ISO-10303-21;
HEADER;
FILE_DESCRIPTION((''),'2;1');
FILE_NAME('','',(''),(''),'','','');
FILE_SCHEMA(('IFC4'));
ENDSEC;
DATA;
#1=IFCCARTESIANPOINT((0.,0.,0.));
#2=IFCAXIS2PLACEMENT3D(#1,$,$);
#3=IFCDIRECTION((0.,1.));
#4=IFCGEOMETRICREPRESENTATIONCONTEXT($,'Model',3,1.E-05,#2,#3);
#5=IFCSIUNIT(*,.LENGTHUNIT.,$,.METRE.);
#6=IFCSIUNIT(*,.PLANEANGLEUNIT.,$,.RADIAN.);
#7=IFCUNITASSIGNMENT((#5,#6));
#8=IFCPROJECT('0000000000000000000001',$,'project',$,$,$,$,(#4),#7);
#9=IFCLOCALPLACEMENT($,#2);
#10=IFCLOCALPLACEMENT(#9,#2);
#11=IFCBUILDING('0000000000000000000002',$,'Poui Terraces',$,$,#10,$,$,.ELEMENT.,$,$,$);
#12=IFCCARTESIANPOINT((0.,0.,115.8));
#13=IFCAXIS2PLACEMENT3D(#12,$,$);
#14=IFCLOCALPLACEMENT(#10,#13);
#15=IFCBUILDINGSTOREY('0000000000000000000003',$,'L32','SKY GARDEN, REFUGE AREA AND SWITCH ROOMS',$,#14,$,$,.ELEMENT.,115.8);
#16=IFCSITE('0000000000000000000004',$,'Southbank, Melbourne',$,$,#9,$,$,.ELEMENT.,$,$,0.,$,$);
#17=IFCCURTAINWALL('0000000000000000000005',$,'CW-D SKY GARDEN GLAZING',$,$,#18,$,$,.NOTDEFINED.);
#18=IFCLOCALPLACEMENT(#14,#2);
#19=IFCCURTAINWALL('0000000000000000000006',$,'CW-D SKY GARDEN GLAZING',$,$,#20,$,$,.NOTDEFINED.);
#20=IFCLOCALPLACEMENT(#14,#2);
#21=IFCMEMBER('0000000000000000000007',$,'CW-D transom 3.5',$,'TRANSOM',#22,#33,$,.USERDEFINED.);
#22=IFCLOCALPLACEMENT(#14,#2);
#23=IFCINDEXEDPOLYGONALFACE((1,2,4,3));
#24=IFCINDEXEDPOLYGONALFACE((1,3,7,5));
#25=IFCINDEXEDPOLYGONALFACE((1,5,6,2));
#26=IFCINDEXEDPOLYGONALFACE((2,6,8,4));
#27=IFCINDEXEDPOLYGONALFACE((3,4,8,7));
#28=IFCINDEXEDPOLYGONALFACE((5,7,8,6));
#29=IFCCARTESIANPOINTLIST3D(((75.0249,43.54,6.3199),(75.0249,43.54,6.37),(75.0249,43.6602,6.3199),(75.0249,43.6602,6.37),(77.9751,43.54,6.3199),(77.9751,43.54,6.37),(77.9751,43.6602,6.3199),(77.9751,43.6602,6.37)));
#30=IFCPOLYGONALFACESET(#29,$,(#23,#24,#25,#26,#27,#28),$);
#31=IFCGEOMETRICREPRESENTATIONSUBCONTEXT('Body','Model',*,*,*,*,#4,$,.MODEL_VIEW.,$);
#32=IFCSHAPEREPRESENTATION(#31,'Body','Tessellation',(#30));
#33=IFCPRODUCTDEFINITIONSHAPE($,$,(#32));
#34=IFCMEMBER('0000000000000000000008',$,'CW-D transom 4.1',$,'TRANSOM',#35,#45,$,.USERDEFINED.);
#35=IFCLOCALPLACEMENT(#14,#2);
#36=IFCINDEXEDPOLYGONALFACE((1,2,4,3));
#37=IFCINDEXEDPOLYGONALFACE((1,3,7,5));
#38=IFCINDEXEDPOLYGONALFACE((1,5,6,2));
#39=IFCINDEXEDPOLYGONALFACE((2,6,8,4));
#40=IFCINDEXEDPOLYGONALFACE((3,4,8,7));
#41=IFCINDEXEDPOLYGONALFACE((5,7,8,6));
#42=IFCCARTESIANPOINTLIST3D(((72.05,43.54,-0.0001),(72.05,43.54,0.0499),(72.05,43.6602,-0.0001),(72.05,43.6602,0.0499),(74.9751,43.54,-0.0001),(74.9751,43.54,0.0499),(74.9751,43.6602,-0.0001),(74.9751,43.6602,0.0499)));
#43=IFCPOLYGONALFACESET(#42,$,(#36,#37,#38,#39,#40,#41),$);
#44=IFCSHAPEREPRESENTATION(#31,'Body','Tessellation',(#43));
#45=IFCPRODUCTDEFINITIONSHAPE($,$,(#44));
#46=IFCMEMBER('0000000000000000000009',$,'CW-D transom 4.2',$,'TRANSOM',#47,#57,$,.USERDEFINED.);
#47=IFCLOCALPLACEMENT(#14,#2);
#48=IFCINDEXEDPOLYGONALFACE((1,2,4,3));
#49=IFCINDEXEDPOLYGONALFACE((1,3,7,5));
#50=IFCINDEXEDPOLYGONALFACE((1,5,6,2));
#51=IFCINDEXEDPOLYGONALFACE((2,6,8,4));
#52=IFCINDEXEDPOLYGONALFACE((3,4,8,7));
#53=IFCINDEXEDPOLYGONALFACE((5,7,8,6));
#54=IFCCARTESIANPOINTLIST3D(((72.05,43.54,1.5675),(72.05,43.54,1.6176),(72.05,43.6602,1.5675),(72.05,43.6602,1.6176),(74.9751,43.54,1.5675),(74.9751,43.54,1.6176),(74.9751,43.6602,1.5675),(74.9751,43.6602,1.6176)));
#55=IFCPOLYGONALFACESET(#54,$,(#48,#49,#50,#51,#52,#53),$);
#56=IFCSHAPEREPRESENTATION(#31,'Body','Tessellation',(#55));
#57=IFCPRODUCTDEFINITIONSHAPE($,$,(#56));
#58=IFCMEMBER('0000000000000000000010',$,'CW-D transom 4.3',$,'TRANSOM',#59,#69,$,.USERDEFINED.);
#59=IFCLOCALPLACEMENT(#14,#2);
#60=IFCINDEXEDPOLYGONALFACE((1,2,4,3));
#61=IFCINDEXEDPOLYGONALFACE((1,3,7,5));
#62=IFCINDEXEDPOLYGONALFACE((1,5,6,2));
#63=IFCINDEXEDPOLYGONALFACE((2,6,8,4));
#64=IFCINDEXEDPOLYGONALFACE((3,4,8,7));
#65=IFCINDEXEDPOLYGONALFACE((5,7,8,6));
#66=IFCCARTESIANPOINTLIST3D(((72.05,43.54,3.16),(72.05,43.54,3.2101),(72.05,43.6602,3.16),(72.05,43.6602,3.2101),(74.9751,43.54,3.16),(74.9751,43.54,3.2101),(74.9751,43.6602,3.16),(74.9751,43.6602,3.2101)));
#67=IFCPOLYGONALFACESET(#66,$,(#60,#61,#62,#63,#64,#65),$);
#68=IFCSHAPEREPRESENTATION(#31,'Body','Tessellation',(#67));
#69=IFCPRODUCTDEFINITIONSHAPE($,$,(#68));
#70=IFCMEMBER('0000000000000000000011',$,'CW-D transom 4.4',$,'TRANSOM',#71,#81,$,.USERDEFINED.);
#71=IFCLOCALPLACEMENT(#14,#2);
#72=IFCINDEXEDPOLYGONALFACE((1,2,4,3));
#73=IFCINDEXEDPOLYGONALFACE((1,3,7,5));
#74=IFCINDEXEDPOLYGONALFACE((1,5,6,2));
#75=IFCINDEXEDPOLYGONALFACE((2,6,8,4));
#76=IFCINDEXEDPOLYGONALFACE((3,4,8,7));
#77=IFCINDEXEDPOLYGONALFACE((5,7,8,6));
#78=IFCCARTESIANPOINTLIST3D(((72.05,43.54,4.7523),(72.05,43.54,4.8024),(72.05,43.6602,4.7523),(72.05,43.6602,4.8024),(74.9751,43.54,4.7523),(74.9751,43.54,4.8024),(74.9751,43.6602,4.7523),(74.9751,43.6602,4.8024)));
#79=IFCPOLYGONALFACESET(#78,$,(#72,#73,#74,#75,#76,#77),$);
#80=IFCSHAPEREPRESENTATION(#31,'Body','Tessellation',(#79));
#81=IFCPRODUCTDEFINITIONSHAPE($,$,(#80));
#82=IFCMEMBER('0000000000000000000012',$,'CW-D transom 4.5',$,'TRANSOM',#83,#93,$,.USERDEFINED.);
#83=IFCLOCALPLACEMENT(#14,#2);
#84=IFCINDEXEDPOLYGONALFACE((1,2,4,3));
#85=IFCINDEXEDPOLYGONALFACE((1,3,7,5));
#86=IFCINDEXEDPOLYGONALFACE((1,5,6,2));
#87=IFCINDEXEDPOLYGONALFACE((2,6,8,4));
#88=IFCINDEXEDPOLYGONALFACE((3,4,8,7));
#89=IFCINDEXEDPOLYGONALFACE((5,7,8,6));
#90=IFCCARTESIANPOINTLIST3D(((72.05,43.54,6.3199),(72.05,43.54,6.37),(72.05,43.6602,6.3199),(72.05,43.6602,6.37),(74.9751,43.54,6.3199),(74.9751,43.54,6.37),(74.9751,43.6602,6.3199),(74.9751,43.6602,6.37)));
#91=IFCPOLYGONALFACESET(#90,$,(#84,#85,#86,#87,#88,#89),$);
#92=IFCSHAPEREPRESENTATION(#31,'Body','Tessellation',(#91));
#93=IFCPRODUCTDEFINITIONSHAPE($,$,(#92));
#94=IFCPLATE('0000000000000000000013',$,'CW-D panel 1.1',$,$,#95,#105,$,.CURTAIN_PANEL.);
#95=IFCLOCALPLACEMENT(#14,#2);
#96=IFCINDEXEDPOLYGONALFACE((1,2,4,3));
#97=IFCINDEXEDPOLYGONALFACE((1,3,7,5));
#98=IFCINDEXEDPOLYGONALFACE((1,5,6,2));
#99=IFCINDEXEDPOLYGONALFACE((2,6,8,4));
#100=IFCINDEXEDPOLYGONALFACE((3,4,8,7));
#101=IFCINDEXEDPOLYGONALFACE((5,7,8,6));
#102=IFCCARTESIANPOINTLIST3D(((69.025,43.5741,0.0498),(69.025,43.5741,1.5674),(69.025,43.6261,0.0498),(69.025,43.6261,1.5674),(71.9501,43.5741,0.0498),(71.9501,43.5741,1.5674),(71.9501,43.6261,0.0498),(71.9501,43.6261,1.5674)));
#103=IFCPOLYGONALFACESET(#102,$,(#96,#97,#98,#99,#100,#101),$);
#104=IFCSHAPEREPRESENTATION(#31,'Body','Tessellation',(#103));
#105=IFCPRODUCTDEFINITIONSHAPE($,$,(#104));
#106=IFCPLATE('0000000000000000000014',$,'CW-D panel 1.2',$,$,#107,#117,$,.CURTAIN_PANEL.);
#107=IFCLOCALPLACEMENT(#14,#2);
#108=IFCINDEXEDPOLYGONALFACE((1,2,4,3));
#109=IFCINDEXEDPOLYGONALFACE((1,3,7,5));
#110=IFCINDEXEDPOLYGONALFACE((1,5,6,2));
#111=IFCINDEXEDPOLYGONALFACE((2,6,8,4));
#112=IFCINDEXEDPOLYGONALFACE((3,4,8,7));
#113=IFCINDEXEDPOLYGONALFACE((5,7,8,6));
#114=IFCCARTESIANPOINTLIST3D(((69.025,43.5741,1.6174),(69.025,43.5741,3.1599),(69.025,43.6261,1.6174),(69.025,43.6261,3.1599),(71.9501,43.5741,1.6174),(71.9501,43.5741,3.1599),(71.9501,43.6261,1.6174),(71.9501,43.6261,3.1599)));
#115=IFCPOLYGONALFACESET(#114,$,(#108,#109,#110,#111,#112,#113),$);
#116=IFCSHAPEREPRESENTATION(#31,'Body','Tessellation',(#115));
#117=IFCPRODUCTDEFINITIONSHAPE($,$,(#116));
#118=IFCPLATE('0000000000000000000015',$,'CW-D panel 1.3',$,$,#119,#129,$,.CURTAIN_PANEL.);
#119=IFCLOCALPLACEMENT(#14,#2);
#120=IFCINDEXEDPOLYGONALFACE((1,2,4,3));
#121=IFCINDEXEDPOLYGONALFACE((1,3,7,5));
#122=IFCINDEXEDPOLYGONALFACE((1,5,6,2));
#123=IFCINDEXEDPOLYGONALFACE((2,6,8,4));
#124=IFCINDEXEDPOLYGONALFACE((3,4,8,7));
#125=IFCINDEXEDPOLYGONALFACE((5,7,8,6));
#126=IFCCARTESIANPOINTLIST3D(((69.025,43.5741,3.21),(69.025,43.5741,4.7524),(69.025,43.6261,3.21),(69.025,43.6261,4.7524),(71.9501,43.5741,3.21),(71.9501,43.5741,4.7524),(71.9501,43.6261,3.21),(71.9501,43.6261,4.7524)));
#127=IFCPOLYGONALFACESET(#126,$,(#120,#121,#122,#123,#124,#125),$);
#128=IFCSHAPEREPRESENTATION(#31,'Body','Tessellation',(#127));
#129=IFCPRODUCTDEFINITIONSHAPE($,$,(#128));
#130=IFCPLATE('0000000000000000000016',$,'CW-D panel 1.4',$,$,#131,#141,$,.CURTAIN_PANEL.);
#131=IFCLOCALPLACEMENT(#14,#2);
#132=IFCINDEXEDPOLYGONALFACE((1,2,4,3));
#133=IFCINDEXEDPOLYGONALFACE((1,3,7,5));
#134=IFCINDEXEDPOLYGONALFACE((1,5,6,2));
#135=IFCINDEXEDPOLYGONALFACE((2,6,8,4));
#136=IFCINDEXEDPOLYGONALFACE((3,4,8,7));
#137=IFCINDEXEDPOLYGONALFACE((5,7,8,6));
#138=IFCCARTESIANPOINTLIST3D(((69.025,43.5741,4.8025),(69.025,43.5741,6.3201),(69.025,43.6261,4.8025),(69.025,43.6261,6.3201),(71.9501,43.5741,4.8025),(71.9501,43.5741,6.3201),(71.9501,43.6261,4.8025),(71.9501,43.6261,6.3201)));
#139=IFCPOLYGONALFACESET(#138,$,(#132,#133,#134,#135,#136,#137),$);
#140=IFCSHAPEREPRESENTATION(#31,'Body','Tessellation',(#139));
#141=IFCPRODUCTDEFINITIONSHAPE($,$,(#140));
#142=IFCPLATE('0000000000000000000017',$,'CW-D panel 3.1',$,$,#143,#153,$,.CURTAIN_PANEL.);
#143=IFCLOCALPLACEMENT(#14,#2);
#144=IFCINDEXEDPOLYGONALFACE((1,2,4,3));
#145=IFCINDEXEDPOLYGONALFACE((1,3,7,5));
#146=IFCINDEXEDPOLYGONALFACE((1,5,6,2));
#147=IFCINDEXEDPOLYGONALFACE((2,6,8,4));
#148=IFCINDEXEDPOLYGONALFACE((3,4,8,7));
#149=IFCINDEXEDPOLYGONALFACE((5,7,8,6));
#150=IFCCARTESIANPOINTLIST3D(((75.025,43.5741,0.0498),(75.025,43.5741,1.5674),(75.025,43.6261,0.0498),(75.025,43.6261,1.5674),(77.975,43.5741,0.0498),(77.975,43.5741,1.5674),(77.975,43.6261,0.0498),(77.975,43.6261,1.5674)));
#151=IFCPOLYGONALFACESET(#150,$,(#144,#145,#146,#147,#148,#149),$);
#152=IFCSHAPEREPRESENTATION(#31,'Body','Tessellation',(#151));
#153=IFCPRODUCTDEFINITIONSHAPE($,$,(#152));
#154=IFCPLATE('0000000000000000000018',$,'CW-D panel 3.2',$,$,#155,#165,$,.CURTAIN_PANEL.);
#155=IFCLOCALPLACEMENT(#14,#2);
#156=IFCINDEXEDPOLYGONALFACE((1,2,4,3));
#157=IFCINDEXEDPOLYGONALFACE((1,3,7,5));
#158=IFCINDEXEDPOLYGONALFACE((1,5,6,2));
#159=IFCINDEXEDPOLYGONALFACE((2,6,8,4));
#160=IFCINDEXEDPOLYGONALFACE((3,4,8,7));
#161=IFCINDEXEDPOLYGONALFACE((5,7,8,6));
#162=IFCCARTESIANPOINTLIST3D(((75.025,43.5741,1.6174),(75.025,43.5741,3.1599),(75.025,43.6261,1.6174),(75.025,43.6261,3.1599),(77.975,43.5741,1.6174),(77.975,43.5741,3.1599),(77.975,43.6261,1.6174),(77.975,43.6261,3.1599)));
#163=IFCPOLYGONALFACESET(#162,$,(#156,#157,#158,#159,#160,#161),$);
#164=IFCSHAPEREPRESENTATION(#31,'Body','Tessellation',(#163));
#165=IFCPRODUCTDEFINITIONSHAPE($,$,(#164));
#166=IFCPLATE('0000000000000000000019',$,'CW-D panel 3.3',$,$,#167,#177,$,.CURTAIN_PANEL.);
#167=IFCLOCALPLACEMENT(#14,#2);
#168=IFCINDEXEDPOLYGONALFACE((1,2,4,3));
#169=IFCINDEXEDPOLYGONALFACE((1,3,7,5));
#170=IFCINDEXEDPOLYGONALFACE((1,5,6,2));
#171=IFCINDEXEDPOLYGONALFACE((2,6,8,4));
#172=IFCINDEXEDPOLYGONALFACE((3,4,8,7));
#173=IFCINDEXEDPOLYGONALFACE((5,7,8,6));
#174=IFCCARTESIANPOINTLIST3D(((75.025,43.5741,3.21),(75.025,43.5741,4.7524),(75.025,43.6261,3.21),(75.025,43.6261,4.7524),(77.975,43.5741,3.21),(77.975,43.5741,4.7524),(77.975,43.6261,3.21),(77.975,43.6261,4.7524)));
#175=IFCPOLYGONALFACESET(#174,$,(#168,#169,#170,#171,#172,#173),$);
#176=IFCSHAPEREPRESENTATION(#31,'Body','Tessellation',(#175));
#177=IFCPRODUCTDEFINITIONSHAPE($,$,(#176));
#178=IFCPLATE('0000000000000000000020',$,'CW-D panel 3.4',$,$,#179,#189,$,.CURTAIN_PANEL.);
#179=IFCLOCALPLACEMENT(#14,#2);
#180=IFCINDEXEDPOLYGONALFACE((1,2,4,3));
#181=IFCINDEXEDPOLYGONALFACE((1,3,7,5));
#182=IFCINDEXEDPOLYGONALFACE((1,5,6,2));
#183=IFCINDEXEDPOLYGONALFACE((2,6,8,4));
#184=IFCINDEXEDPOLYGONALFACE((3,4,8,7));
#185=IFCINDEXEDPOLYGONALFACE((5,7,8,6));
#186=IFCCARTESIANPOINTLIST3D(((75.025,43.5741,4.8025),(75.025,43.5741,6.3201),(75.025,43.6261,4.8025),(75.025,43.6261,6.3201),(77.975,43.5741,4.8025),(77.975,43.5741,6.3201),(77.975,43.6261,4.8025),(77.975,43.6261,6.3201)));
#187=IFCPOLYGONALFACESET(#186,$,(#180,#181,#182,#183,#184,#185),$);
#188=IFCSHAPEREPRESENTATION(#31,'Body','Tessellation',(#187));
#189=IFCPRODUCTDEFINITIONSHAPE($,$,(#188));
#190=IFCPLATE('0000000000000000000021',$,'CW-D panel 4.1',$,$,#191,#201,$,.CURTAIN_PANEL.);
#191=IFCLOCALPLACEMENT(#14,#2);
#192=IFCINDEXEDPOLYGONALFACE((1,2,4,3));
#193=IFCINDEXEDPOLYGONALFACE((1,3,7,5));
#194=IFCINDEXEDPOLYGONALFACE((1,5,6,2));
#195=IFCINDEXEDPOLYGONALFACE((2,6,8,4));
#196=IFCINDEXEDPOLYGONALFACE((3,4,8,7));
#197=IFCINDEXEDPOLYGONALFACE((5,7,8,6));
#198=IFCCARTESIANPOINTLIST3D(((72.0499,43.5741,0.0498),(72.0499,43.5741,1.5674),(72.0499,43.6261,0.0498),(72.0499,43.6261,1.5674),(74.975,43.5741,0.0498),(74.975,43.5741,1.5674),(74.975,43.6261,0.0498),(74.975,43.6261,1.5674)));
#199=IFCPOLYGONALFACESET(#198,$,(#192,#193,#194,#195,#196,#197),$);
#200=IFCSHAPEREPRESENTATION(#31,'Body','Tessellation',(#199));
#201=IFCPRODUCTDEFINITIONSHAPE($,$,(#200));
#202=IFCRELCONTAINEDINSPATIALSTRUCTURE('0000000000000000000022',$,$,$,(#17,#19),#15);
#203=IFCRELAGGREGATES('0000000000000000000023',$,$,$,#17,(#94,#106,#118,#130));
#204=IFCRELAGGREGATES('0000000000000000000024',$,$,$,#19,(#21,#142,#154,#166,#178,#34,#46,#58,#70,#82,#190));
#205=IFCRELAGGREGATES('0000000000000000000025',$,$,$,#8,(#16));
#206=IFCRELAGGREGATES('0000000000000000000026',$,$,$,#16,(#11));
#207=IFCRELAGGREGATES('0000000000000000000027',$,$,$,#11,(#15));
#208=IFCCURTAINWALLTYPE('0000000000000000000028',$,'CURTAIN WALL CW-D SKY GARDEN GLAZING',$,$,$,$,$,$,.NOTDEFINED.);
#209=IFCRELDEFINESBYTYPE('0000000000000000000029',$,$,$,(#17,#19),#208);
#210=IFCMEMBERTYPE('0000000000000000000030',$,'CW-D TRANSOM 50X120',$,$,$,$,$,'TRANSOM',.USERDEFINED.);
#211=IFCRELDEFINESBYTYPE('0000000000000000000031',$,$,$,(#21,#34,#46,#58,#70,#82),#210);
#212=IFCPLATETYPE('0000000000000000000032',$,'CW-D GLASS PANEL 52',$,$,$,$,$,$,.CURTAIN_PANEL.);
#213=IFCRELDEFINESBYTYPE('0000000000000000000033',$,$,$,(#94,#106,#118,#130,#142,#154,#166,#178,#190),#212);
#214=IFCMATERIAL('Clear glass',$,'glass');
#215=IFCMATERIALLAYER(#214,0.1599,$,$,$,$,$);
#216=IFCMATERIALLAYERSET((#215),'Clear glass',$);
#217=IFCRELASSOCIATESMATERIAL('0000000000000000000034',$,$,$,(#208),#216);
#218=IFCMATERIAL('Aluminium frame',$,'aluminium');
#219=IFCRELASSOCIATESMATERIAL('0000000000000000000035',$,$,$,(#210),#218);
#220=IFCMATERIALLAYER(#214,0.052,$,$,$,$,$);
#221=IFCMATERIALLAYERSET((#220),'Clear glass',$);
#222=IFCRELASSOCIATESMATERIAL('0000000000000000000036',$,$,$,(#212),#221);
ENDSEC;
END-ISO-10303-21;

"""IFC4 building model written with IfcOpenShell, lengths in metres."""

from ifc_helpers import new_model, si_unit, direction, frame, origin, origin_2d, place, context, subcontext, project, spatial, rectangle, extrude, material, layer, layer_set, material_profile, profile_set, type_object, element, aggregate, save


model = new_model("IFC4")

# Units and contexts
model_context = context("Model", 3, precision=1e-05, world=origin(), true_north=direction((0.0, 1.0)))
body_context = subcontext(model_context, "Body", "Model", "MODEL_VIEW")
ifc_project = project(units=[si_unit("LENGTHUNIT", "METRE"), si_unit("PLANEANGLEUNIT", "RADIAN")], contexts=[model_context])

# Site, building, storey
site_placement = place(None, origin())
site = spatial("IfcSite", under=ifc_project, at=site_placement, Name="Southbank, Melbourne", CompositionType="ELEMENT", RefElevation=0.0)
building_placement = place(site_placement, origin())
building = spatial("IfcBuilding", under=site, at=building_placement, Name="Poui Terraces", CompositionType="ELEMENT")
storey_placement = place(building_placement, frame((0.0, 0.0, 115.8)))
storey = spatial("IfcBuildingStorey", under=building, at=storey_placement, Name="L32", Description="SKY GARDEN, REFUGE AREA AND SWITCH ROOMS", CompositionType="ELEMENT", Elevation=115.8)

# Curtain walls
ifc_material_1 = material(Name="Clear glass", Category="glass")
ifc_layer_1 = layer(ifc_material_1, 0.1599)
ifc_layer_set_1 = layer_set([ifc_layer_1], Name="Clear glass")
curtain_wall_type = type_object("IfcCurtainWallType", Name="CURTAIN WALL CW-D SKY GARDEN GLAZING", PredefinedType="NOTDEFINED", material=ifc_layer_set_1)
curtain_wall_1_placement = place(storey_placement, origin())
curtain_wall_1 = element("IfcCurtainWall", 1, at=curtain_wall_1_placement, inside=storey, type_object=curtain_wall_type, Name="CW-D SKY GARDEN GLAZING", PredefinedType="NOTDEFINED")
ifc_material_2 = material(Name="Aluminium frame", Category="aluminium")
curtain_wall_2_placement = place(storey_placement, origin())
curtain_wall_2 = element("IfcCurtainWall", 2, at=curtain_wall_2_placement, inside=storey, type_object=curtain_wall_type, Name="CW-D SKY GARDEN GLAZING", PredefinedType="NOTDEFINED")

# Members
ifc_material_profile_1 = material_profile(ifc_material_2, rectangle(XDim=0.1201, YDim=0.05, at=origin_2d()), Name="CW-D TRANSOM 50X120")
ifc_profile_set_1 = profile_set([ifc_material_profile_1], Name="Aluminium frame")
member_type_1 = type_object("IfcMemberType", Name="CW-D TRANSOM 50X120", ElementType="TRANSOM", PredefinedType="USERDEFINED", material=ifc_profile_set_1)
member_1_placement = place(storey_placement, frame((77.9751, 43.6001, 6.345), z_axis=(-1.0, 0.0, 0.0), x_axis=(0.0, -1.0, 0.0)))
member_1 = element("IfcMember", 3, at=member_1_placement, type_object=member_type_1, Name="CW-D transom 3.5", ObjectType="TRANSOM", PredefinedType="USERDEFINED", context=body_context, shape_type="SweptSolid", body=[
    extrude(rectangle(XDim=0.1201, YDim=0.05, at=origin_2d()), origin(), (0.0, 0.0, 1.0), 2.9502),
])
member_2_placement = place(storey_placement, frame((74.9751, 43.6001, 0.0249), z_axis=(-1.0, 0.0, 0.0), x_axis=(0.0, -1.0, 0.0)))
member_2 = element("IfcMember", 4, at=member_2_placement, type_object=member_type_1, Name="CW-D transom 4.1", ObjectType="TRANSOM", PredefinedType="USERDEFINED", context=body_context, shape_type="SweptSolid", body=[
    extrude(rectangle(XDim=0.1201, YDim=0.05, at=origin_2d()), origin(), (0.0, 0.0, 1.0), 2.925),
])
member_3_placement = place(storey_placement, frame((74.9751, 43.6001, 1.5925), z_axis=(-1.0, 0.0, 0.0), x_axis=(0.0, -1.0, 0.0)))
member_3 = element("IfcMember", 5, at=member_3_placement, type_object=member_type_1, Name="CW-D transom 4.2", ObjectType="TRANSOM", PredefinedType="USERDEFINED", context=body_context, shape_type="SweptSolid", body=[
    extrude(rectangle(XDim=0.1201, YDim=0.05, at=origin_2d()), origin(), (0.0, 0.0, 1.0), 2.925),
])
member_4_placement = place(storey_placement, frame((74.9751, 43.6001, 3.1851), z_axis=(-1.0, 0.0, 0.0), x_axis=(0.0, -1.0, 0.0)))
member_4 = element("IfcMember", 6, at=member_4_placement, type_object=member_type_1, Name="CW-D transom 4.3", ObjectType="TRANSOM", PredefinedType="USERDEFINED", context=body_context, shape_type="SweptSolid", body=[
    extrude(rectangle(XDim=0.1201, YDim=0.05, at=origin_2d()), origin(), (0.0, 0.0, 1.0), 2.925),
])
member_5_placement = place(storey_placement, frame((74.9751, 43.6001, 4.7773), z_axis=(-1.0, 0.0, 0.0), x_axis=(0.0, -1.0, 0.0)))
member_5 = element("IfcMember", 7, at=member_5_placement, type_object=member_type_1, Name="CW-D transom 4.4", ObjectType="TRANSOM", PredefinedType="USERDEFINED", context=body_context, shape_type="SweptSolid", body=[
    extrude(rectangle(XDim=0.1201, YDim=0.05, at=origin_2d()), origin(), (0.0, 0.0, 1.0), 2.925),
])
member_6_placement = place(storey_placement, frame((74.9751, 43.6001, 6.345), z_axis=(-1.0, 0.0, 0.0), x_axis=(0.0, -1.0, 0.0)))
member_6 = element("IfcMember", 8, at=member_6_placement, type_object=member_type_1, Name="CW-D transom 4.5", ObjectType="TRANSOM", PredefinedType="USERDEFINED", context=body_context, shape_type="SweptSolid", body=[
    extrude(rectangle(XDim=0.1201, YDim=0.05, at=origin_2d()), origin(), (0.0, 0.0, 1.0), 2.925),
])

# Plates
ifc_layer_2 = layer(ifc_material_1, 0.052)
ifc_layer_set_2 = layer_set([ifc_layer_2], Name="Clear glass")
plate_type = type_object("IfcPlateType", Name="CW-D GLASS PANEL 52", PredefinedType="CURTAIN_PANEL", material=ifc_layer_set_2)
plate_1_placement = place(storey_placement, frame((70.4875, 43.6001, 0.0498), z_axis=(0.0, 0.0, 1.0), x_axis=(-1.0, 0.0, 0.0)))
plate_1 = element("IfcPlate", 9, at=plate_1_placement, type_object=plate_type, Name="CW-D panel 1.1", PredefinedType="CURTAIN_PANEL", context=body_context, shape_type="SweptSolid", body=[
    extrude(rectangle(XDim=2.925, YDim=0.052, at=origin_2d()), origin(), (0.0, 0.0, 1.0), 1.5176),
])
plate_2_placement = place(storey_placement, frame((70.4875, 43.6001, 1.6174), z_axis=(0.0, 0.0, 1.0), x_axis=(-1.0, 0.0, 0.0)))
plate_2 = element("IfcPlate", 10, at=plate_2_placement, type_object=plate_type, Name="CW-D panel 1.2", PredefinedType="CURTAIN_PANEL", context=body_context, shape_type="SweptSolid", body=[
    extrude(rectangle(XDim=2.925, YDim=0.052, at=origin_2d()), origin(), (0.0, 0.0, 1.0), 1.5425),
])
plate_3_placement = place(storey_placement, frame((70.4875, 43.6001, 3.21), z_axis=(0.0, 0.0, 1.0), x_axis=(-1.0, 0.0, 0.0)))
plate_3 = element("IfcPlate", 11, at=plate_3_placement, type_object=plate_type, Name="CW-D panel 1.3", PredefinedType="CURTAIN_PANEL", context=body_context, shape_type="SweptSolid", body=[
    extrude(rectangle(XDim=2.925, YDim=0.052, at=origin_2d()), origin(), (0.0, 0.0, 1.0), 1.5425),
])
plate_4_placement = place(storey_placement, frame((70.4875, 43.6001, 4.8025), z_axis=(0.0, 0.0, 1.0), x_axis=(-1.0, 0.0, 0.0)))
plate_4 = element("IfcPlate", 12, at=plate_4_placement, type_object=plate_type, Name="CW-D panel 1.4", PredefinedType="CURTAIN_PANEL", context=body_context, shape_type="SweptSolid", body=[
    extrude(rectangle(XDim=2.925, YDim=0.052, at=origin_2d()), origin(), (0.0, 0.0, 1.0), 1.5176),
])
aggregate(curtain_wall_1, [plate_1, plate_2, plate_3, plate_4])
plate_5_placement = place(storey_placement, frame((76.5, 43.6001, 0.0498), z_axis=(0.0, 0.0, 1.0), x_axis=(-1.0, 0.0, 0.0)))
plate_5 = element("IfcPlate", 13, at=plate_5_placement, type_object=plate_type, Name="CW-D panel 3.1", PredefinedType="CURTAIN_PANEL", context=body_context, shape_type="SweptSolid", body=[
    extrude(rectangle(XDim=2.95, YDim=0.052, at=origin_2d()), origin(), (0.0, 0.0, 1.0), 1.5176),
])
plate_6_placement = place(storey_placement, frame((76.5, 43.6001, 1.6174), z_axis=(0.0, 0.0, 1.0), x_axis=(-1.0, 0.0, 0.0)))
plate_6 = element("IfcPlate", 14, at=plate_6_placement, type_object=plate_type, Name="CW-D panel 3.2", PredefinedType="CURTAIN_PANEL", context=body_context, shape_type="SweptSolid", body=[
    extrude(rectangle(XDim=2.95, YDim=0.052, at=origin_2d()), origin(), (0.0, 0.0, 1.0), 1.5425),
])
plate_7_placement = place(storey_placement, frame((76.5, 43.6001, 3.21), z_axis=(0.0, 0.0, 1.0), x_axis=(-1.0, 0.0, 0.0)))
plate_7 = element("IfcPlate", 15, at=plate_7_placement, type_object=plate_type, Name="CW-D panel 3.3", PredefinedType="CURTAIN_PANEL", context=body_context, shape_type="SweptSolid", body=[
    extrude(rectangle(XDim=2.95, YDim=0.052, at=origin_2d()), origin(), (0.0, 0.0, 1.0), 1.5425),
])
plate_8_placement = place(storey_placement, frame((76.5, 43.6001, 4.8025), z_axis=(0.0, 0.0, 1.0), x_axis=(-1.0, 0.0, 0.0)))
plate_8 = element("IfcPlate", 16, at=plate_8_placement, type_object=plate_type, Name="CW-D panel 3.4", PredefinedType="CURTAIN_PANEL", context=body_context, shape_type="SweptSolid", body=[
    extrude(rectangle(XDim=2.95, YDim=0.052, at=origin_2d()), origin(), (0.0, 0.0, 1.0), 1.5176),
])
plate_9_placement = place(storey_placement, frame((73.5125, 43.6001, 0.0498), z_axis=(0.0, 0.0, 1.0), x_axis=(-1.0, 0.0, 0.0)))
plate_9 = element("IfcPlate", 17, at=plate_9_placement, type_object=plate_type, Name="CW-D panel 4.1", PredefinedType="CURTAIN_PANEL", context=body_context, shape_type="SweptSolid", body=[
    extrude(rectangle(XDim=2.925, YDim=0.052, at=origin_2d()), origin(), (0.0, 0.0, 1.0), 1.5176),
])
aggregate(curtain_wall_2, [member_1, plate_5, plate_6, plate_7, plate_8, member_2, member_3, member_4, member_5, member_6, plate_9])

save(model, "model.ifc")
